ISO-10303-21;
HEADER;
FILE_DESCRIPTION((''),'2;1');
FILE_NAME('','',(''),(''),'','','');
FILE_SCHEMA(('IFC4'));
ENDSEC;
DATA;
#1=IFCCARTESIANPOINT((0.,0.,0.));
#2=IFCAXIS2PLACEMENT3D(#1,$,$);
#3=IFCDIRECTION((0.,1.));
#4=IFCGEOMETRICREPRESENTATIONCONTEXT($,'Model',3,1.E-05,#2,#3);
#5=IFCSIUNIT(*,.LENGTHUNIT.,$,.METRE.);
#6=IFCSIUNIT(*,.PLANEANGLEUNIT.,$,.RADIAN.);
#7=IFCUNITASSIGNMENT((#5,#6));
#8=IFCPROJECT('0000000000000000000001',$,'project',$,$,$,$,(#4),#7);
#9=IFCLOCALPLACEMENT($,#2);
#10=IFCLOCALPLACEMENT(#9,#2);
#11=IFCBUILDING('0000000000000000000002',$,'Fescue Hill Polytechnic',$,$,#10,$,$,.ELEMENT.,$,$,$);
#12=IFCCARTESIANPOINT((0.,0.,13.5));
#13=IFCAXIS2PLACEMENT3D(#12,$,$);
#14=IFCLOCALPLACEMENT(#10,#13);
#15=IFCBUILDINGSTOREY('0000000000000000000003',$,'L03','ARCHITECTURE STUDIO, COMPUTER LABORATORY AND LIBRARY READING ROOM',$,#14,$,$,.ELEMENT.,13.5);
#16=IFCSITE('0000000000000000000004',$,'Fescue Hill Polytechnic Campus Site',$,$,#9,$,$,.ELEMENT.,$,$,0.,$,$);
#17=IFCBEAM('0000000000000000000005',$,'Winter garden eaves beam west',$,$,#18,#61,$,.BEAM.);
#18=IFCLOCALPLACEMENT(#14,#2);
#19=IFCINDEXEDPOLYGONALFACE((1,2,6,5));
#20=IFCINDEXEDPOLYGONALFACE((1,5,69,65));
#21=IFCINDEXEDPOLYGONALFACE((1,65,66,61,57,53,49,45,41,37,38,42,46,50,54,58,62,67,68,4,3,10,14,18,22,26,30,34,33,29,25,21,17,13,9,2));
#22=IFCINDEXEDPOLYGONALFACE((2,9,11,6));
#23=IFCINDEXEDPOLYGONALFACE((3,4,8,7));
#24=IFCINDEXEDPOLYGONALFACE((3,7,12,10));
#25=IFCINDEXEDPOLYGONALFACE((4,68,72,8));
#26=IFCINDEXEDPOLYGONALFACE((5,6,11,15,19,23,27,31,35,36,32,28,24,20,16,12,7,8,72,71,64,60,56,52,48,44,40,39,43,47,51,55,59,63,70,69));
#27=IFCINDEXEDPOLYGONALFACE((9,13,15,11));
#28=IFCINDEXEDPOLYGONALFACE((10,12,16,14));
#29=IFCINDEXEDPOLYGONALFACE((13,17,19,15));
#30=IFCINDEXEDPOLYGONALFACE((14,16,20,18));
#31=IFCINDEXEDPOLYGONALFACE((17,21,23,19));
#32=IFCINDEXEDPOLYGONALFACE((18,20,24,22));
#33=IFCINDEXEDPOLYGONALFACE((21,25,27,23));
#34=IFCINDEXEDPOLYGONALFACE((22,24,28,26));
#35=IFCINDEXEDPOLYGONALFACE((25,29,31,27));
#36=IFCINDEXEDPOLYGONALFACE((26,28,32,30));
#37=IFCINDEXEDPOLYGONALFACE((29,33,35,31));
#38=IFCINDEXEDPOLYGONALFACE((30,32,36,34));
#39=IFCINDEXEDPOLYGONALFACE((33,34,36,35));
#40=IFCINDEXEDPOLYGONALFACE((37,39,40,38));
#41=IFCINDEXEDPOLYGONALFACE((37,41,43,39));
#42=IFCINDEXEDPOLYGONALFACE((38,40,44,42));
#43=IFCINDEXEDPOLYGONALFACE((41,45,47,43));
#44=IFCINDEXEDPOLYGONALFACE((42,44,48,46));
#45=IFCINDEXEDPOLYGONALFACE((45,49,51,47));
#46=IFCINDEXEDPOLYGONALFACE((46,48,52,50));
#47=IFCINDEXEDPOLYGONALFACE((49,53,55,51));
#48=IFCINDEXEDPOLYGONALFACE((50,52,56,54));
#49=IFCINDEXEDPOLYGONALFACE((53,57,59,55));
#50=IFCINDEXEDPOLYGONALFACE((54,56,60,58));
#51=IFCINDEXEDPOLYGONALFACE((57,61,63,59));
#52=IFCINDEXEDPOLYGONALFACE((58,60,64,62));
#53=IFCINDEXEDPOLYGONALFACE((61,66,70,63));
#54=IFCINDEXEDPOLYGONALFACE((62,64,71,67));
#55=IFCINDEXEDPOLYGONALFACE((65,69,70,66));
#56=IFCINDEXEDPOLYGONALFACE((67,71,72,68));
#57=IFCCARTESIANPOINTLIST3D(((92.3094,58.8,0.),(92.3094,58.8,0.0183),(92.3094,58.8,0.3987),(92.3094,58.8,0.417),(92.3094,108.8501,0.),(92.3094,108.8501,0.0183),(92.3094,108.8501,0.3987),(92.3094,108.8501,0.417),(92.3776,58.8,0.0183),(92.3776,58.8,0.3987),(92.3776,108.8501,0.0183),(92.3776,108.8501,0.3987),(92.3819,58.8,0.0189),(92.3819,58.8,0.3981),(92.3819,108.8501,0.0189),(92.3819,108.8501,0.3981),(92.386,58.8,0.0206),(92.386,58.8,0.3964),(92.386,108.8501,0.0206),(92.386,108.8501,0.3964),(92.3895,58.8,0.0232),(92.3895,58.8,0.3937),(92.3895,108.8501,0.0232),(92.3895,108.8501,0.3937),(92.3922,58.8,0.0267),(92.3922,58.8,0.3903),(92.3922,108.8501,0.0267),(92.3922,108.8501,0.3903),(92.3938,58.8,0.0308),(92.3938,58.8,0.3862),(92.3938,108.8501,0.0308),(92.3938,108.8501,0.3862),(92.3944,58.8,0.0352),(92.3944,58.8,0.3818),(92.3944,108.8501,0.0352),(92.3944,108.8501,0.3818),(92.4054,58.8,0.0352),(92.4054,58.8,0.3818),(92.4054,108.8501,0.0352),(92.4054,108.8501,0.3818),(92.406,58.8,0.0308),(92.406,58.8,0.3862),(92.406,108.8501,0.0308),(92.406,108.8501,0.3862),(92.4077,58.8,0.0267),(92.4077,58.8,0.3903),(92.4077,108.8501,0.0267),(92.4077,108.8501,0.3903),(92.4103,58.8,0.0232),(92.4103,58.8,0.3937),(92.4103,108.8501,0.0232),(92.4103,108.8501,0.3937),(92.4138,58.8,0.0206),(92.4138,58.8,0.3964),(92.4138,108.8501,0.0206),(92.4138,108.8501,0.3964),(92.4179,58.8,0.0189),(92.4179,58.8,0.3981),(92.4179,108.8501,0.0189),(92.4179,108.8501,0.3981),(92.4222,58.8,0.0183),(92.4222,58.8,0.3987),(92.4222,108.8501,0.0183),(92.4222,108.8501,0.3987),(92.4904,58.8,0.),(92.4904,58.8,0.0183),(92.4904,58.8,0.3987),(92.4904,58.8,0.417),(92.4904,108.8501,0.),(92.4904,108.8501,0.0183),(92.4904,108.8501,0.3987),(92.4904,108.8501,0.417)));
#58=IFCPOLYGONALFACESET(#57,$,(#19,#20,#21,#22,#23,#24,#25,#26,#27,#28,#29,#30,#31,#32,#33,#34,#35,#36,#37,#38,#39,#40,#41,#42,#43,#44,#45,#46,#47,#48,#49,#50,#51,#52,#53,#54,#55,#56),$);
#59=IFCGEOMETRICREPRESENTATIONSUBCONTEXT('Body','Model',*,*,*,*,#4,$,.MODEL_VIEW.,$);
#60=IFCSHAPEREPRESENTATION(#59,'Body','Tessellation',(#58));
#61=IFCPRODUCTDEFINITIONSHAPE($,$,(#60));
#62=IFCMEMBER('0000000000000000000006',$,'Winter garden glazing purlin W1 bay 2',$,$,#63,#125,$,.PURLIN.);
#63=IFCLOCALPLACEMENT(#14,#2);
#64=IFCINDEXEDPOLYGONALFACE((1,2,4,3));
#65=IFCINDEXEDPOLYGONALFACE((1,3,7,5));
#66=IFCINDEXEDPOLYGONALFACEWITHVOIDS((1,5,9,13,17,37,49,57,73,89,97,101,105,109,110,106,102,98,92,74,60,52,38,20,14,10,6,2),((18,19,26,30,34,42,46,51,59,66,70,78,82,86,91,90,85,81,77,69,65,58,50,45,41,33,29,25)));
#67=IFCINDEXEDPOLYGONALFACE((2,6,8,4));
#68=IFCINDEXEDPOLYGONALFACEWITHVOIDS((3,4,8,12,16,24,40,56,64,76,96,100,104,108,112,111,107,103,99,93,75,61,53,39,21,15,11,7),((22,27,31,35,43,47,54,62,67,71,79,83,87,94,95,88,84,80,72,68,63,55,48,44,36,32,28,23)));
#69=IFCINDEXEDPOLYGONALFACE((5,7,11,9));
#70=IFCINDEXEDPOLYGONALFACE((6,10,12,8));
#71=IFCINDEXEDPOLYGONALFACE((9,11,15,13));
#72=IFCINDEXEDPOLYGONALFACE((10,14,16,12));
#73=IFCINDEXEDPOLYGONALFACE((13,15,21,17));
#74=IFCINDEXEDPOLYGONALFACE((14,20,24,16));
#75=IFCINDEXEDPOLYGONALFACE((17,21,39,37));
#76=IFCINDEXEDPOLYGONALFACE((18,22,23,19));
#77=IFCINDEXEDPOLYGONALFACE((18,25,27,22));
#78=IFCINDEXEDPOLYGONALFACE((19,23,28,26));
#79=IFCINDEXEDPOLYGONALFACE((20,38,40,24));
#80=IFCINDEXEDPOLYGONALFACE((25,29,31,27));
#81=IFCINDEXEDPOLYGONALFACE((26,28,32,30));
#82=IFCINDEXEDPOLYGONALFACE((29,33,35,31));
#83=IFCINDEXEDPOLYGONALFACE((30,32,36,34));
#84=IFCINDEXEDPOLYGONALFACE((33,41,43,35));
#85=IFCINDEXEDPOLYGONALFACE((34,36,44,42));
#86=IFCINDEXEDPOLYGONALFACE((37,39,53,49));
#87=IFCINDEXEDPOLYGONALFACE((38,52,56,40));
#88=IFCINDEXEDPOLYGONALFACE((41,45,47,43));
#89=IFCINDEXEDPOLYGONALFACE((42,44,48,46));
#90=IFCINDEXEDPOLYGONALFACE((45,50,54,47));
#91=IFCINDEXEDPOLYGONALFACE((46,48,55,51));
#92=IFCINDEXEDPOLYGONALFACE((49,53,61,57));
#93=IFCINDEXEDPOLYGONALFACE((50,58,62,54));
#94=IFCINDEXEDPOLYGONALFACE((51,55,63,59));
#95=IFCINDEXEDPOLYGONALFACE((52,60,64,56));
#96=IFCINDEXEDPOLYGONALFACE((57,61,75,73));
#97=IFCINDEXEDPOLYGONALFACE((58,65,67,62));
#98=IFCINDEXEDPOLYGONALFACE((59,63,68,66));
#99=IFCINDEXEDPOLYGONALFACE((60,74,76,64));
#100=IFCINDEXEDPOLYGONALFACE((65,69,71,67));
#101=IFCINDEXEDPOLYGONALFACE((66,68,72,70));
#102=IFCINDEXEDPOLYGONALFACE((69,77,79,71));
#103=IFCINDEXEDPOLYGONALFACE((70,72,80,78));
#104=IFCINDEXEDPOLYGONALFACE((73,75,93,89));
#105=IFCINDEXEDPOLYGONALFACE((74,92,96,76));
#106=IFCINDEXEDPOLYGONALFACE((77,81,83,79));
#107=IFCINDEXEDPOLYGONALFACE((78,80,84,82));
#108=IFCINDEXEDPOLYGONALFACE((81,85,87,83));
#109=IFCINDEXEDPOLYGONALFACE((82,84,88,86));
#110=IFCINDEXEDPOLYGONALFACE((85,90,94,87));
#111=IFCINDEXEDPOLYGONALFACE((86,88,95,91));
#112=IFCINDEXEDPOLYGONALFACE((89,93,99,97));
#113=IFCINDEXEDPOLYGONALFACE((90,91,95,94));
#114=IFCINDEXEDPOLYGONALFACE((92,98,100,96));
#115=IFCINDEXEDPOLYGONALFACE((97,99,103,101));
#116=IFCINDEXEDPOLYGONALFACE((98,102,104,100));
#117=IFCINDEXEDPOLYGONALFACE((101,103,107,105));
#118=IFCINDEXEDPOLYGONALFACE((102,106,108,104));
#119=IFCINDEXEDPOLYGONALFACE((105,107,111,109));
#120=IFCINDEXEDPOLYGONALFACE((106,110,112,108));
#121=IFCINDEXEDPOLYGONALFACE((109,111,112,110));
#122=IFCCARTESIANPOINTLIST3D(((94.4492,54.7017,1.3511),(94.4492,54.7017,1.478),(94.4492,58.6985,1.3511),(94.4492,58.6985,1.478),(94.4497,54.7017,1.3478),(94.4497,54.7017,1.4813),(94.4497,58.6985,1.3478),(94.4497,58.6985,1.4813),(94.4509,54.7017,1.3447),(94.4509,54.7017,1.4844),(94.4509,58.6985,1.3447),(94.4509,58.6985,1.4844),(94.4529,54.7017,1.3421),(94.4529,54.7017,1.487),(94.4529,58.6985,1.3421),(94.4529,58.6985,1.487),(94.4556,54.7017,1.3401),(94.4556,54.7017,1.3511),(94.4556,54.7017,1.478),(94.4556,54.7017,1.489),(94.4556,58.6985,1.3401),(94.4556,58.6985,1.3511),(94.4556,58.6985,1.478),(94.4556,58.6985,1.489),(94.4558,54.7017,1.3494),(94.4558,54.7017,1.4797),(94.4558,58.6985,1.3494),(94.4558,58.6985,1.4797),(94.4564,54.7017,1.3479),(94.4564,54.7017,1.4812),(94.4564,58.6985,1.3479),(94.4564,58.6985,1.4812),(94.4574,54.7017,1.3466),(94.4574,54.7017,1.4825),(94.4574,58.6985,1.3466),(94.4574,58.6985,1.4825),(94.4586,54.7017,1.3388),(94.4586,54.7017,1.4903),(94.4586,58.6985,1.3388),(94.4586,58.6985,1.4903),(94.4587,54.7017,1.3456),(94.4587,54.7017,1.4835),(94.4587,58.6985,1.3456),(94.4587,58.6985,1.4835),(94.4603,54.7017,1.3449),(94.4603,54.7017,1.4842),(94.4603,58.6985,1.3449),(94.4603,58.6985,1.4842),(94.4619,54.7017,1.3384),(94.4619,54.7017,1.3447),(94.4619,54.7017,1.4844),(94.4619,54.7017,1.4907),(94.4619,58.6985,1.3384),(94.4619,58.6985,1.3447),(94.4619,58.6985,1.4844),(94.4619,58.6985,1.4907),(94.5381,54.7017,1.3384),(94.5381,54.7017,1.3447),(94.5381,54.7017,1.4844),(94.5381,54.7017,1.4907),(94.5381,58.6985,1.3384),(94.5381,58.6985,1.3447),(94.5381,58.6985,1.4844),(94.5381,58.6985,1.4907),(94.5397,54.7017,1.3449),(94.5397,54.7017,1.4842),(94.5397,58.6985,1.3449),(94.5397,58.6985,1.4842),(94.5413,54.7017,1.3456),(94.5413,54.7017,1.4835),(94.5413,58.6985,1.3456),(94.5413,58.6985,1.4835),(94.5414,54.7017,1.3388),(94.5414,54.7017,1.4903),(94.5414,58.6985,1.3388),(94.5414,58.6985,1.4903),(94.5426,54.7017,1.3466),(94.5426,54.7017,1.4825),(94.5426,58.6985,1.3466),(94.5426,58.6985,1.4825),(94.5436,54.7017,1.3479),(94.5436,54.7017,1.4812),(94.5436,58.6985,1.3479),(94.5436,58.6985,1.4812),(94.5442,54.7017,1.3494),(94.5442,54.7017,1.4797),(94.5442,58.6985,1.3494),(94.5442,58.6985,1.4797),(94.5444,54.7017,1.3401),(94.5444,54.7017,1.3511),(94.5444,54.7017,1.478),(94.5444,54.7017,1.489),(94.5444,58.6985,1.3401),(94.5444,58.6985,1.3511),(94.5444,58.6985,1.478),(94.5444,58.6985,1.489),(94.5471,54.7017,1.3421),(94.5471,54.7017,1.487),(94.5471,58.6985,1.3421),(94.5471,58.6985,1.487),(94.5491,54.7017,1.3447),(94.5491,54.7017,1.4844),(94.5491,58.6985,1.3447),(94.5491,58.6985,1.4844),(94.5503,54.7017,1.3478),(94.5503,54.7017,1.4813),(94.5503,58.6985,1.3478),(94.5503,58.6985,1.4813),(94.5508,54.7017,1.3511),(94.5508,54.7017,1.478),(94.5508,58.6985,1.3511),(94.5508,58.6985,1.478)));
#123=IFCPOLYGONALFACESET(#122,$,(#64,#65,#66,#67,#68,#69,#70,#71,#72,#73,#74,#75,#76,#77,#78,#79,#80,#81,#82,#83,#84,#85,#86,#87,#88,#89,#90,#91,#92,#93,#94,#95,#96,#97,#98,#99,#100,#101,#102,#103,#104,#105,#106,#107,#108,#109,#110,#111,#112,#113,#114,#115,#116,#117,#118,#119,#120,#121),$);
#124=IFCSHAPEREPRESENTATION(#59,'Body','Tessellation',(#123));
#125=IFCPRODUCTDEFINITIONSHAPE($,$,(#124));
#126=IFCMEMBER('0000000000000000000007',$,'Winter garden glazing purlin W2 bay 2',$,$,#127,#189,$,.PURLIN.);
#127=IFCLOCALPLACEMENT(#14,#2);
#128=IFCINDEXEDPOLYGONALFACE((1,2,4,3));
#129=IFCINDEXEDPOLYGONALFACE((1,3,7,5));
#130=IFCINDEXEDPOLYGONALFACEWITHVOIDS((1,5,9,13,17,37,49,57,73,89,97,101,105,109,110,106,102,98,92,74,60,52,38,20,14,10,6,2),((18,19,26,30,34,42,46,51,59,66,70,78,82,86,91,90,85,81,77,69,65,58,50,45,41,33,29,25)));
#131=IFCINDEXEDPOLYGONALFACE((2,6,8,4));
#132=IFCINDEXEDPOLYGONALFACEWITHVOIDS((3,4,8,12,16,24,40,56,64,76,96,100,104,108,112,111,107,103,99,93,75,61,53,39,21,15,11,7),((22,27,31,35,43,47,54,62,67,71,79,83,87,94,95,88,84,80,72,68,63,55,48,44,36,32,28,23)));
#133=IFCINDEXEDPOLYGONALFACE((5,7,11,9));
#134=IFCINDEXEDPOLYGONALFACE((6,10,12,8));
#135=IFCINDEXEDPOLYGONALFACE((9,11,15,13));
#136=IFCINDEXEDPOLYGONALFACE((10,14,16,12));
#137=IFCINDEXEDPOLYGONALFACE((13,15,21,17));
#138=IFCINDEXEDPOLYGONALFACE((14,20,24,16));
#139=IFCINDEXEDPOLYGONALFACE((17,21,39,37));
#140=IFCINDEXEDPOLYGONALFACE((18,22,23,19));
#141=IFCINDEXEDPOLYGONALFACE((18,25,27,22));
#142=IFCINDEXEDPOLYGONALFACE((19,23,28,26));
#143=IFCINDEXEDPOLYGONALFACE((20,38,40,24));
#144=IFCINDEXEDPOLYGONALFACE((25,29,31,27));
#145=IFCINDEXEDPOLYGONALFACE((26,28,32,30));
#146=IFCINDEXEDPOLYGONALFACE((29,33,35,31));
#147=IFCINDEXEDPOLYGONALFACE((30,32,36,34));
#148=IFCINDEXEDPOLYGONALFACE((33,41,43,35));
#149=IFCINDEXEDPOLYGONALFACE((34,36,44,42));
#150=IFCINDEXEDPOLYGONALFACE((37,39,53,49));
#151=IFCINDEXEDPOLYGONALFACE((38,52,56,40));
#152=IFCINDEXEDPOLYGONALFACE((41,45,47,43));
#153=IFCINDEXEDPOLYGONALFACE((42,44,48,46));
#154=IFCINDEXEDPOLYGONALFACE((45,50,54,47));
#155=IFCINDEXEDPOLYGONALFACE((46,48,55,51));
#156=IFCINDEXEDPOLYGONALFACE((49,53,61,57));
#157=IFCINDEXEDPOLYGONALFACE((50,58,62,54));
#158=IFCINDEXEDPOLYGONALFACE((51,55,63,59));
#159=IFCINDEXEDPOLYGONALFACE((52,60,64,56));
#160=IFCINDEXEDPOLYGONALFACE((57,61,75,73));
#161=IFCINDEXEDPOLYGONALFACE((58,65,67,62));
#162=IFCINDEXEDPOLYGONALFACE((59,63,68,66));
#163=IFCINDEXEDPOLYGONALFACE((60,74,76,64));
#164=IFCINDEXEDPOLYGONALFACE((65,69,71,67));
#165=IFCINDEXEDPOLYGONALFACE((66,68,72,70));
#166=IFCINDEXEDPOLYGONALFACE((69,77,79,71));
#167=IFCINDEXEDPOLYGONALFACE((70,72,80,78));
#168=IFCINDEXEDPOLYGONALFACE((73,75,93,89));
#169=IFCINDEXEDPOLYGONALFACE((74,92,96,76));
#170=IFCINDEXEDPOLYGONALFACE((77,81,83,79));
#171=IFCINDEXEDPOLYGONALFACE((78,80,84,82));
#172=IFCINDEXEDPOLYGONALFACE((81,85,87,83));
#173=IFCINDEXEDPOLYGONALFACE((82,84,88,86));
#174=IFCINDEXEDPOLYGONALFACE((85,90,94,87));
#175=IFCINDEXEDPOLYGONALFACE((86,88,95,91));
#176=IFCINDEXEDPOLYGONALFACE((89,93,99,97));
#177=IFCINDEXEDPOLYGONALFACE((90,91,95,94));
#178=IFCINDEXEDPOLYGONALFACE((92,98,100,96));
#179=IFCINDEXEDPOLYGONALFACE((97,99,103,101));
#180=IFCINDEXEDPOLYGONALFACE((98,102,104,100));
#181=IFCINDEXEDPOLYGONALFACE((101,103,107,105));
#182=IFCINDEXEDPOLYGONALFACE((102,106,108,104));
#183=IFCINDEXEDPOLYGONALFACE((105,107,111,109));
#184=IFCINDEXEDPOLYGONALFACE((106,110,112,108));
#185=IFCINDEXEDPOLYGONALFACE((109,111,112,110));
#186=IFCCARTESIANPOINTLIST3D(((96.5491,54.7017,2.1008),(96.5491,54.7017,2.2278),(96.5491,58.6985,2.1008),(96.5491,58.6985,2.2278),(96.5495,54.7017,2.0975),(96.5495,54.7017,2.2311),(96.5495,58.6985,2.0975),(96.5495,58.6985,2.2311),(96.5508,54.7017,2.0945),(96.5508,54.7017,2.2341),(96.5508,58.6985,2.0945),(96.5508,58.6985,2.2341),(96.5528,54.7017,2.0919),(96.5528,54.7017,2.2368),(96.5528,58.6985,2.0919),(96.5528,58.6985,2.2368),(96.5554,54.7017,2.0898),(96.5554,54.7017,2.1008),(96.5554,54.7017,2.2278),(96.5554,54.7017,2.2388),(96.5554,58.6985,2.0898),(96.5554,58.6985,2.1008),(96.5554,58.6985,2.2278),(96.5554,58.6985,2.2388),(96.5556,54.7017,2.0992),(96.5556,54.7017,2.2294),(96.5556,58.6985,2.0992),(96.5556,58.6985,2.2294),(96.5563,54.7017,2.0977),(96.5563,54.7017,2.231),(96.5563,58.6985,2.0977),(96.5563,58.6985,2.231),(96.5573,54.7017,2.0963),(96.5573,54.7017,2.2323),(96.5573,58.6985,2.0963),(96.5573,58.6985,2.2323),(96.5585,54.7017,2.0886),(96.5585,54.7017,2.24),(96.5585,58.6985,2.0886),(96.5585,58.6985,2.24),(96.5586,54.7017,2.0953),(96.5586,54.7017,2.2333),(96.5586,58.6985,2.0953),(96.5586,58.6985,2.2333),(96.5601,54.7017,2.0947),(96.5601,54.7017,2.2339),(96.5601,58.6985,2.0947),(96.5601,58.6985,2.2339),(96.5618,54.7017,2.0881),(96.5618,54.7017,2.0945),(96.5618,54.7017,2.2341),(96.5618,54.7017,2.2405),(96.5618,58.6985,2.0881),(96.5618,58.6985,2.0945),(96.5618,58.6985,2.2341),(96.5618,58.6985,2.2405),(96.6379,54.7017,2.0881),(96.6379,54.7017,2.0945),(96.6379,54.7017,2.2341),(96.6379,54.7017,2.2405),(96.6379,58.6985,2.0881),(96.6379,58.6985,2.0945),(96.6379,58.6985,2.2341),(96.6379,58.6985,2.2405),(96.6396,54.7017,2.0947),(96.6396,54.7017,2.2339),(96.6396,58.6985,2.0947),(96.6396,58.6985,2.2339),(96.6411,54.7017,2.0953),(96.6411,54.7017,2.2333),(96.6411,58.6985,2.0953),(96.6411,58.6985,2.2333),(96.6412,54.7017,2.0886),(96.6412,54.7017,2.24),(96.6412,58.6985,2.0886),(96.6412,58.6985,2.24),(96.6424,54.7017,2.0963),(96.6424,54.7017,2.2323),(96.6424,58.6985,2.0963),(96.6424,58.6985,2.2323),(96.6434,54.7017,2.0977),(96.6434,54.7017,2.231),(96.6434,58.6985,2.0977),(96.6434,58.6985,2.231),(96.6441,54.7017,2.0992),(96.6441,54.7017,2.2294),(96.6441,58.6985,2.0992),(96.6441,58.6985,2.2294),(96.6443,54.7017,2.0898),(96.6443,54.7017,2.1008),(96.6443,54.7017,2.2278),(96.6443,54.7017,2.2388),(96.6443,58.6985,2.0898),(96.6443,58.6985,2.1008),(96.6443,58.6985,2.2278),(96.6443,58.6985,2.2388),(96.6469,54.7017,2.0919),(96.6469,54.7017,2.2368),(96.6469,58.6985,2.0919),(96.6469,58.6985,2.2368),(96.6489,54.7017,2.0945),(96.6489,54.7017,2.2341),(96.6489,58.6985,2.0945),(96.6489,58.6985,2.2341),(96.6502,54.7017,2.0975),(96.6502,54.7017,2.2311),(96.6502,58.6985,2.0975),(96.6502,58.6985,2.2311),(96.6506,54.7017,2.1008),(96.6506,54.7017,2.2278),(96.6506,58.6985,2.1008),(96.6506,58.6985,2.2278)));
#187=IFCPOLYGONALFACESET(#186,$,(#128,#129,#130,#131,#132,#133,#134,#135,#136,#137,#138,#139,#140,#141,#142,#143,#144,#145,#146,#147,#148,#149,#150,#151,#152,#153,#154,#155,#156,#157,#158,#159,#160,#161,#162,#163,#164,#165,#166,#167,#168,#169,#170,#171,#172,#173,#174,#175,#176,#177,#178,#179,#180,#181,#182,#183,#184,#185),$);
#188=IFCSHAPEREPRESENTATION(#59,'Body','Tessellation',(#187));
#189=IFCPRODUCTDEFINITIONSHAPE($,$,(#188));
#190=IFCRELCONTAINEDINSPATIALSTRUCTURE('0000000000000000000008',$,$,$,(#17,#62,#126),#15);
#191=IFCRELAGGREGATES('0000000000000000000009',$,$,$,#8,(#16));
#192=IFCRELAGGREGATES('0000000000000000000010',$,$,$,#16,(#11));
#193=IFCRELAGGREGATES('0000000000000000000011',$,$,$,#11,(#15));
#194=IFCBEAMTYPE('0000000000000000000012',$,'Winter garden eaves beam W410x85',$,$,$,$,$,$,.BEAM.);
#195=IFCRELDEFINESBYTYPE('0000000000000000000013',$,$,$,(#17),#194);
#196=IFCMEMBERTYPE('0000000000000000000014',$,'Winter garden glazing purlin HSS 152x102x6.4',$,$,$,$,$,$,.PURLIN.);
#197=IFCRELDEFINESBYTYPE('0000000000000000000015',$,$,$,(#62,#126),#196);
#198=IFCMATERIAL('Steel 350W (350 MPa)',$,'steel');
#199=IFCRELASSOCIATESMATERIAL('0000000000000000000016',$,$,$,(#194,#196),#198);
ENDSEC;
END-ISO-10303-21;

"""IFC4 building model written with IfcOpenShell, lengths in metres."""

from ifc_helpers import new_model, si_unit, direction, frame, origin, origin_2d, place, context, subcontext, project, spatial, hollow_rectangle, i_section, extrude, material, material_profile, profile_set, type_object, element, save


model = new_model("IFC4")

# Units and contexts
model_context = context("Model", 3, precision=1e-05, world=origin(), true_north=direction((0.0, 1.0)))
body_context = subcontext(model_context, "Body", "Model", "MODEL_VIEW")
ifc_project = project(units=[si_unit("LENGTHUNIT", "METRE"), si_unit("PLANEANGLEUNIT", "RADIAN")], contexts=[model_context])

# Site, building, storey
site_placement = place(None, origin())
site = spatial("IfcSite", under=ifc_project, at=site_placement, Name="Fescue Hill Polytechnic Campus Site", CompositionType="ELEMENT", RefElevation=0.0)
building_placement = place(site_placement, origin())
building = spatial("IfcBuilding", under=site, at=building_placement, Name="Fescue Hill Polytechnic", CompositionType="ELEMENT")
storey_placement = place(building_placement, frame((0.0, 0.0, 13.5)))
storey = spatial("IfcBuildingStorey", under=building, at=storey_placement, Name="L03", Description="ARCHITECTURE STUDIO, COMPUTER LABORATORY AND LIBRARY READING ROOM", CompositionType="ELEMENT", Elevation=13.5)

# Beam
ifc_material_1 = material(Name="Steel 350W (350 MPa)", Category="steel")
ifc_material_profile_1 = material_profile(ifc_material_1, i_section(OverallWidth=0.1809, OverallDepth=0.417, WebThickness=0.011, FlangeThickness=0.0183, FilletRadius=0.0168, at=origin_2d()), Name="W410x85")
ifc_profile_set_1 = profile_set([ifc_material_profile_1], Name="Steel 350W (350 MPa)")
beam_type = type_object("IfcBeamType", Name="Winter garden eaves beam W410x85", PredefinedType="BEAM", material=ifc_profile_set_1)
beam_placement = place(storey_placement, frame((92.3999, 58.8, 0.2085), z_axis=(0.0, 1.0, 0.0), x_axis=(-1.0, 0.0, 0.0)))
element("IfcBeam", 1, at=beam_placement, inside=storey, type_object=beam_type, Name="Winter garden eaves beam west", PredefinedType="BEAM", context=body_context, shape_type="SweptSolid", body=[
    extrude(i_section(OverallWidth=0.1809, OverallDepth=0.417, WebThickness=0.011, FlangeThickness=0.0183, FilletRadius=0.0168, at=origin_2d()), origin(), (0.0, 0.0, 1.0), 50.05),
])

# Members
ifc_material_profile_2 = material_profile(ifc_material_1, hollow_rectangle(XDim=0.1016, YDim=0.1523, WallThickness=0.0063, InnerFilletRadius=0.0063, OuterFilletRadius=0.0127, at=origin_2d()), Name="Winter garden glazing purlin HSS 152x102x6.4")
ifc_profile_set_2 = profile_set([ifc_material_profile_2], Name="Steel 350W (350 MPa)")
member_type_1 = type_object("IfcMemberType", Name="Winter garden glazing purlin HSS 152x102x6.4", PredefinedType="PURLIN", material=ifc_profile_set_2)
for number, where, z_axis, x_axis, name in (
    (2, (94.5, 54.7017, 1.4146), (0.0, 1.0, 0.0), (-1.0, 0.0, 0.0), "Winter garden glazing purlin W1 bay 2"),
    (3, (96.5999, 54.7017, 2.1643), (0.0, 1.0, 0.0), (-1.0, 0.0, 0.0), "Winter garden glazing purlin W2 bay 2"),
):
    element("IfcMember", number, at=place(storey_placement, frame(where, z_axis=z_axis, x_axis=x_axis)), inside=storey, type_object=member_type_1, Name=name, PredefinedType="PURLIN", context=body_context, shape_type="SweptSolid", body=[
        extrude(hollow_rectangle(XDim=0.1016, YDim=0.1523, WallThickness=0.0063, InnerFilletRadius=0.0063, OuterFilletRadius=0.0127, at=origin_2d()), origin(), (0.0, 0.0, 1.0), 3.9968),
    ])

save(model, "model.ifc")
